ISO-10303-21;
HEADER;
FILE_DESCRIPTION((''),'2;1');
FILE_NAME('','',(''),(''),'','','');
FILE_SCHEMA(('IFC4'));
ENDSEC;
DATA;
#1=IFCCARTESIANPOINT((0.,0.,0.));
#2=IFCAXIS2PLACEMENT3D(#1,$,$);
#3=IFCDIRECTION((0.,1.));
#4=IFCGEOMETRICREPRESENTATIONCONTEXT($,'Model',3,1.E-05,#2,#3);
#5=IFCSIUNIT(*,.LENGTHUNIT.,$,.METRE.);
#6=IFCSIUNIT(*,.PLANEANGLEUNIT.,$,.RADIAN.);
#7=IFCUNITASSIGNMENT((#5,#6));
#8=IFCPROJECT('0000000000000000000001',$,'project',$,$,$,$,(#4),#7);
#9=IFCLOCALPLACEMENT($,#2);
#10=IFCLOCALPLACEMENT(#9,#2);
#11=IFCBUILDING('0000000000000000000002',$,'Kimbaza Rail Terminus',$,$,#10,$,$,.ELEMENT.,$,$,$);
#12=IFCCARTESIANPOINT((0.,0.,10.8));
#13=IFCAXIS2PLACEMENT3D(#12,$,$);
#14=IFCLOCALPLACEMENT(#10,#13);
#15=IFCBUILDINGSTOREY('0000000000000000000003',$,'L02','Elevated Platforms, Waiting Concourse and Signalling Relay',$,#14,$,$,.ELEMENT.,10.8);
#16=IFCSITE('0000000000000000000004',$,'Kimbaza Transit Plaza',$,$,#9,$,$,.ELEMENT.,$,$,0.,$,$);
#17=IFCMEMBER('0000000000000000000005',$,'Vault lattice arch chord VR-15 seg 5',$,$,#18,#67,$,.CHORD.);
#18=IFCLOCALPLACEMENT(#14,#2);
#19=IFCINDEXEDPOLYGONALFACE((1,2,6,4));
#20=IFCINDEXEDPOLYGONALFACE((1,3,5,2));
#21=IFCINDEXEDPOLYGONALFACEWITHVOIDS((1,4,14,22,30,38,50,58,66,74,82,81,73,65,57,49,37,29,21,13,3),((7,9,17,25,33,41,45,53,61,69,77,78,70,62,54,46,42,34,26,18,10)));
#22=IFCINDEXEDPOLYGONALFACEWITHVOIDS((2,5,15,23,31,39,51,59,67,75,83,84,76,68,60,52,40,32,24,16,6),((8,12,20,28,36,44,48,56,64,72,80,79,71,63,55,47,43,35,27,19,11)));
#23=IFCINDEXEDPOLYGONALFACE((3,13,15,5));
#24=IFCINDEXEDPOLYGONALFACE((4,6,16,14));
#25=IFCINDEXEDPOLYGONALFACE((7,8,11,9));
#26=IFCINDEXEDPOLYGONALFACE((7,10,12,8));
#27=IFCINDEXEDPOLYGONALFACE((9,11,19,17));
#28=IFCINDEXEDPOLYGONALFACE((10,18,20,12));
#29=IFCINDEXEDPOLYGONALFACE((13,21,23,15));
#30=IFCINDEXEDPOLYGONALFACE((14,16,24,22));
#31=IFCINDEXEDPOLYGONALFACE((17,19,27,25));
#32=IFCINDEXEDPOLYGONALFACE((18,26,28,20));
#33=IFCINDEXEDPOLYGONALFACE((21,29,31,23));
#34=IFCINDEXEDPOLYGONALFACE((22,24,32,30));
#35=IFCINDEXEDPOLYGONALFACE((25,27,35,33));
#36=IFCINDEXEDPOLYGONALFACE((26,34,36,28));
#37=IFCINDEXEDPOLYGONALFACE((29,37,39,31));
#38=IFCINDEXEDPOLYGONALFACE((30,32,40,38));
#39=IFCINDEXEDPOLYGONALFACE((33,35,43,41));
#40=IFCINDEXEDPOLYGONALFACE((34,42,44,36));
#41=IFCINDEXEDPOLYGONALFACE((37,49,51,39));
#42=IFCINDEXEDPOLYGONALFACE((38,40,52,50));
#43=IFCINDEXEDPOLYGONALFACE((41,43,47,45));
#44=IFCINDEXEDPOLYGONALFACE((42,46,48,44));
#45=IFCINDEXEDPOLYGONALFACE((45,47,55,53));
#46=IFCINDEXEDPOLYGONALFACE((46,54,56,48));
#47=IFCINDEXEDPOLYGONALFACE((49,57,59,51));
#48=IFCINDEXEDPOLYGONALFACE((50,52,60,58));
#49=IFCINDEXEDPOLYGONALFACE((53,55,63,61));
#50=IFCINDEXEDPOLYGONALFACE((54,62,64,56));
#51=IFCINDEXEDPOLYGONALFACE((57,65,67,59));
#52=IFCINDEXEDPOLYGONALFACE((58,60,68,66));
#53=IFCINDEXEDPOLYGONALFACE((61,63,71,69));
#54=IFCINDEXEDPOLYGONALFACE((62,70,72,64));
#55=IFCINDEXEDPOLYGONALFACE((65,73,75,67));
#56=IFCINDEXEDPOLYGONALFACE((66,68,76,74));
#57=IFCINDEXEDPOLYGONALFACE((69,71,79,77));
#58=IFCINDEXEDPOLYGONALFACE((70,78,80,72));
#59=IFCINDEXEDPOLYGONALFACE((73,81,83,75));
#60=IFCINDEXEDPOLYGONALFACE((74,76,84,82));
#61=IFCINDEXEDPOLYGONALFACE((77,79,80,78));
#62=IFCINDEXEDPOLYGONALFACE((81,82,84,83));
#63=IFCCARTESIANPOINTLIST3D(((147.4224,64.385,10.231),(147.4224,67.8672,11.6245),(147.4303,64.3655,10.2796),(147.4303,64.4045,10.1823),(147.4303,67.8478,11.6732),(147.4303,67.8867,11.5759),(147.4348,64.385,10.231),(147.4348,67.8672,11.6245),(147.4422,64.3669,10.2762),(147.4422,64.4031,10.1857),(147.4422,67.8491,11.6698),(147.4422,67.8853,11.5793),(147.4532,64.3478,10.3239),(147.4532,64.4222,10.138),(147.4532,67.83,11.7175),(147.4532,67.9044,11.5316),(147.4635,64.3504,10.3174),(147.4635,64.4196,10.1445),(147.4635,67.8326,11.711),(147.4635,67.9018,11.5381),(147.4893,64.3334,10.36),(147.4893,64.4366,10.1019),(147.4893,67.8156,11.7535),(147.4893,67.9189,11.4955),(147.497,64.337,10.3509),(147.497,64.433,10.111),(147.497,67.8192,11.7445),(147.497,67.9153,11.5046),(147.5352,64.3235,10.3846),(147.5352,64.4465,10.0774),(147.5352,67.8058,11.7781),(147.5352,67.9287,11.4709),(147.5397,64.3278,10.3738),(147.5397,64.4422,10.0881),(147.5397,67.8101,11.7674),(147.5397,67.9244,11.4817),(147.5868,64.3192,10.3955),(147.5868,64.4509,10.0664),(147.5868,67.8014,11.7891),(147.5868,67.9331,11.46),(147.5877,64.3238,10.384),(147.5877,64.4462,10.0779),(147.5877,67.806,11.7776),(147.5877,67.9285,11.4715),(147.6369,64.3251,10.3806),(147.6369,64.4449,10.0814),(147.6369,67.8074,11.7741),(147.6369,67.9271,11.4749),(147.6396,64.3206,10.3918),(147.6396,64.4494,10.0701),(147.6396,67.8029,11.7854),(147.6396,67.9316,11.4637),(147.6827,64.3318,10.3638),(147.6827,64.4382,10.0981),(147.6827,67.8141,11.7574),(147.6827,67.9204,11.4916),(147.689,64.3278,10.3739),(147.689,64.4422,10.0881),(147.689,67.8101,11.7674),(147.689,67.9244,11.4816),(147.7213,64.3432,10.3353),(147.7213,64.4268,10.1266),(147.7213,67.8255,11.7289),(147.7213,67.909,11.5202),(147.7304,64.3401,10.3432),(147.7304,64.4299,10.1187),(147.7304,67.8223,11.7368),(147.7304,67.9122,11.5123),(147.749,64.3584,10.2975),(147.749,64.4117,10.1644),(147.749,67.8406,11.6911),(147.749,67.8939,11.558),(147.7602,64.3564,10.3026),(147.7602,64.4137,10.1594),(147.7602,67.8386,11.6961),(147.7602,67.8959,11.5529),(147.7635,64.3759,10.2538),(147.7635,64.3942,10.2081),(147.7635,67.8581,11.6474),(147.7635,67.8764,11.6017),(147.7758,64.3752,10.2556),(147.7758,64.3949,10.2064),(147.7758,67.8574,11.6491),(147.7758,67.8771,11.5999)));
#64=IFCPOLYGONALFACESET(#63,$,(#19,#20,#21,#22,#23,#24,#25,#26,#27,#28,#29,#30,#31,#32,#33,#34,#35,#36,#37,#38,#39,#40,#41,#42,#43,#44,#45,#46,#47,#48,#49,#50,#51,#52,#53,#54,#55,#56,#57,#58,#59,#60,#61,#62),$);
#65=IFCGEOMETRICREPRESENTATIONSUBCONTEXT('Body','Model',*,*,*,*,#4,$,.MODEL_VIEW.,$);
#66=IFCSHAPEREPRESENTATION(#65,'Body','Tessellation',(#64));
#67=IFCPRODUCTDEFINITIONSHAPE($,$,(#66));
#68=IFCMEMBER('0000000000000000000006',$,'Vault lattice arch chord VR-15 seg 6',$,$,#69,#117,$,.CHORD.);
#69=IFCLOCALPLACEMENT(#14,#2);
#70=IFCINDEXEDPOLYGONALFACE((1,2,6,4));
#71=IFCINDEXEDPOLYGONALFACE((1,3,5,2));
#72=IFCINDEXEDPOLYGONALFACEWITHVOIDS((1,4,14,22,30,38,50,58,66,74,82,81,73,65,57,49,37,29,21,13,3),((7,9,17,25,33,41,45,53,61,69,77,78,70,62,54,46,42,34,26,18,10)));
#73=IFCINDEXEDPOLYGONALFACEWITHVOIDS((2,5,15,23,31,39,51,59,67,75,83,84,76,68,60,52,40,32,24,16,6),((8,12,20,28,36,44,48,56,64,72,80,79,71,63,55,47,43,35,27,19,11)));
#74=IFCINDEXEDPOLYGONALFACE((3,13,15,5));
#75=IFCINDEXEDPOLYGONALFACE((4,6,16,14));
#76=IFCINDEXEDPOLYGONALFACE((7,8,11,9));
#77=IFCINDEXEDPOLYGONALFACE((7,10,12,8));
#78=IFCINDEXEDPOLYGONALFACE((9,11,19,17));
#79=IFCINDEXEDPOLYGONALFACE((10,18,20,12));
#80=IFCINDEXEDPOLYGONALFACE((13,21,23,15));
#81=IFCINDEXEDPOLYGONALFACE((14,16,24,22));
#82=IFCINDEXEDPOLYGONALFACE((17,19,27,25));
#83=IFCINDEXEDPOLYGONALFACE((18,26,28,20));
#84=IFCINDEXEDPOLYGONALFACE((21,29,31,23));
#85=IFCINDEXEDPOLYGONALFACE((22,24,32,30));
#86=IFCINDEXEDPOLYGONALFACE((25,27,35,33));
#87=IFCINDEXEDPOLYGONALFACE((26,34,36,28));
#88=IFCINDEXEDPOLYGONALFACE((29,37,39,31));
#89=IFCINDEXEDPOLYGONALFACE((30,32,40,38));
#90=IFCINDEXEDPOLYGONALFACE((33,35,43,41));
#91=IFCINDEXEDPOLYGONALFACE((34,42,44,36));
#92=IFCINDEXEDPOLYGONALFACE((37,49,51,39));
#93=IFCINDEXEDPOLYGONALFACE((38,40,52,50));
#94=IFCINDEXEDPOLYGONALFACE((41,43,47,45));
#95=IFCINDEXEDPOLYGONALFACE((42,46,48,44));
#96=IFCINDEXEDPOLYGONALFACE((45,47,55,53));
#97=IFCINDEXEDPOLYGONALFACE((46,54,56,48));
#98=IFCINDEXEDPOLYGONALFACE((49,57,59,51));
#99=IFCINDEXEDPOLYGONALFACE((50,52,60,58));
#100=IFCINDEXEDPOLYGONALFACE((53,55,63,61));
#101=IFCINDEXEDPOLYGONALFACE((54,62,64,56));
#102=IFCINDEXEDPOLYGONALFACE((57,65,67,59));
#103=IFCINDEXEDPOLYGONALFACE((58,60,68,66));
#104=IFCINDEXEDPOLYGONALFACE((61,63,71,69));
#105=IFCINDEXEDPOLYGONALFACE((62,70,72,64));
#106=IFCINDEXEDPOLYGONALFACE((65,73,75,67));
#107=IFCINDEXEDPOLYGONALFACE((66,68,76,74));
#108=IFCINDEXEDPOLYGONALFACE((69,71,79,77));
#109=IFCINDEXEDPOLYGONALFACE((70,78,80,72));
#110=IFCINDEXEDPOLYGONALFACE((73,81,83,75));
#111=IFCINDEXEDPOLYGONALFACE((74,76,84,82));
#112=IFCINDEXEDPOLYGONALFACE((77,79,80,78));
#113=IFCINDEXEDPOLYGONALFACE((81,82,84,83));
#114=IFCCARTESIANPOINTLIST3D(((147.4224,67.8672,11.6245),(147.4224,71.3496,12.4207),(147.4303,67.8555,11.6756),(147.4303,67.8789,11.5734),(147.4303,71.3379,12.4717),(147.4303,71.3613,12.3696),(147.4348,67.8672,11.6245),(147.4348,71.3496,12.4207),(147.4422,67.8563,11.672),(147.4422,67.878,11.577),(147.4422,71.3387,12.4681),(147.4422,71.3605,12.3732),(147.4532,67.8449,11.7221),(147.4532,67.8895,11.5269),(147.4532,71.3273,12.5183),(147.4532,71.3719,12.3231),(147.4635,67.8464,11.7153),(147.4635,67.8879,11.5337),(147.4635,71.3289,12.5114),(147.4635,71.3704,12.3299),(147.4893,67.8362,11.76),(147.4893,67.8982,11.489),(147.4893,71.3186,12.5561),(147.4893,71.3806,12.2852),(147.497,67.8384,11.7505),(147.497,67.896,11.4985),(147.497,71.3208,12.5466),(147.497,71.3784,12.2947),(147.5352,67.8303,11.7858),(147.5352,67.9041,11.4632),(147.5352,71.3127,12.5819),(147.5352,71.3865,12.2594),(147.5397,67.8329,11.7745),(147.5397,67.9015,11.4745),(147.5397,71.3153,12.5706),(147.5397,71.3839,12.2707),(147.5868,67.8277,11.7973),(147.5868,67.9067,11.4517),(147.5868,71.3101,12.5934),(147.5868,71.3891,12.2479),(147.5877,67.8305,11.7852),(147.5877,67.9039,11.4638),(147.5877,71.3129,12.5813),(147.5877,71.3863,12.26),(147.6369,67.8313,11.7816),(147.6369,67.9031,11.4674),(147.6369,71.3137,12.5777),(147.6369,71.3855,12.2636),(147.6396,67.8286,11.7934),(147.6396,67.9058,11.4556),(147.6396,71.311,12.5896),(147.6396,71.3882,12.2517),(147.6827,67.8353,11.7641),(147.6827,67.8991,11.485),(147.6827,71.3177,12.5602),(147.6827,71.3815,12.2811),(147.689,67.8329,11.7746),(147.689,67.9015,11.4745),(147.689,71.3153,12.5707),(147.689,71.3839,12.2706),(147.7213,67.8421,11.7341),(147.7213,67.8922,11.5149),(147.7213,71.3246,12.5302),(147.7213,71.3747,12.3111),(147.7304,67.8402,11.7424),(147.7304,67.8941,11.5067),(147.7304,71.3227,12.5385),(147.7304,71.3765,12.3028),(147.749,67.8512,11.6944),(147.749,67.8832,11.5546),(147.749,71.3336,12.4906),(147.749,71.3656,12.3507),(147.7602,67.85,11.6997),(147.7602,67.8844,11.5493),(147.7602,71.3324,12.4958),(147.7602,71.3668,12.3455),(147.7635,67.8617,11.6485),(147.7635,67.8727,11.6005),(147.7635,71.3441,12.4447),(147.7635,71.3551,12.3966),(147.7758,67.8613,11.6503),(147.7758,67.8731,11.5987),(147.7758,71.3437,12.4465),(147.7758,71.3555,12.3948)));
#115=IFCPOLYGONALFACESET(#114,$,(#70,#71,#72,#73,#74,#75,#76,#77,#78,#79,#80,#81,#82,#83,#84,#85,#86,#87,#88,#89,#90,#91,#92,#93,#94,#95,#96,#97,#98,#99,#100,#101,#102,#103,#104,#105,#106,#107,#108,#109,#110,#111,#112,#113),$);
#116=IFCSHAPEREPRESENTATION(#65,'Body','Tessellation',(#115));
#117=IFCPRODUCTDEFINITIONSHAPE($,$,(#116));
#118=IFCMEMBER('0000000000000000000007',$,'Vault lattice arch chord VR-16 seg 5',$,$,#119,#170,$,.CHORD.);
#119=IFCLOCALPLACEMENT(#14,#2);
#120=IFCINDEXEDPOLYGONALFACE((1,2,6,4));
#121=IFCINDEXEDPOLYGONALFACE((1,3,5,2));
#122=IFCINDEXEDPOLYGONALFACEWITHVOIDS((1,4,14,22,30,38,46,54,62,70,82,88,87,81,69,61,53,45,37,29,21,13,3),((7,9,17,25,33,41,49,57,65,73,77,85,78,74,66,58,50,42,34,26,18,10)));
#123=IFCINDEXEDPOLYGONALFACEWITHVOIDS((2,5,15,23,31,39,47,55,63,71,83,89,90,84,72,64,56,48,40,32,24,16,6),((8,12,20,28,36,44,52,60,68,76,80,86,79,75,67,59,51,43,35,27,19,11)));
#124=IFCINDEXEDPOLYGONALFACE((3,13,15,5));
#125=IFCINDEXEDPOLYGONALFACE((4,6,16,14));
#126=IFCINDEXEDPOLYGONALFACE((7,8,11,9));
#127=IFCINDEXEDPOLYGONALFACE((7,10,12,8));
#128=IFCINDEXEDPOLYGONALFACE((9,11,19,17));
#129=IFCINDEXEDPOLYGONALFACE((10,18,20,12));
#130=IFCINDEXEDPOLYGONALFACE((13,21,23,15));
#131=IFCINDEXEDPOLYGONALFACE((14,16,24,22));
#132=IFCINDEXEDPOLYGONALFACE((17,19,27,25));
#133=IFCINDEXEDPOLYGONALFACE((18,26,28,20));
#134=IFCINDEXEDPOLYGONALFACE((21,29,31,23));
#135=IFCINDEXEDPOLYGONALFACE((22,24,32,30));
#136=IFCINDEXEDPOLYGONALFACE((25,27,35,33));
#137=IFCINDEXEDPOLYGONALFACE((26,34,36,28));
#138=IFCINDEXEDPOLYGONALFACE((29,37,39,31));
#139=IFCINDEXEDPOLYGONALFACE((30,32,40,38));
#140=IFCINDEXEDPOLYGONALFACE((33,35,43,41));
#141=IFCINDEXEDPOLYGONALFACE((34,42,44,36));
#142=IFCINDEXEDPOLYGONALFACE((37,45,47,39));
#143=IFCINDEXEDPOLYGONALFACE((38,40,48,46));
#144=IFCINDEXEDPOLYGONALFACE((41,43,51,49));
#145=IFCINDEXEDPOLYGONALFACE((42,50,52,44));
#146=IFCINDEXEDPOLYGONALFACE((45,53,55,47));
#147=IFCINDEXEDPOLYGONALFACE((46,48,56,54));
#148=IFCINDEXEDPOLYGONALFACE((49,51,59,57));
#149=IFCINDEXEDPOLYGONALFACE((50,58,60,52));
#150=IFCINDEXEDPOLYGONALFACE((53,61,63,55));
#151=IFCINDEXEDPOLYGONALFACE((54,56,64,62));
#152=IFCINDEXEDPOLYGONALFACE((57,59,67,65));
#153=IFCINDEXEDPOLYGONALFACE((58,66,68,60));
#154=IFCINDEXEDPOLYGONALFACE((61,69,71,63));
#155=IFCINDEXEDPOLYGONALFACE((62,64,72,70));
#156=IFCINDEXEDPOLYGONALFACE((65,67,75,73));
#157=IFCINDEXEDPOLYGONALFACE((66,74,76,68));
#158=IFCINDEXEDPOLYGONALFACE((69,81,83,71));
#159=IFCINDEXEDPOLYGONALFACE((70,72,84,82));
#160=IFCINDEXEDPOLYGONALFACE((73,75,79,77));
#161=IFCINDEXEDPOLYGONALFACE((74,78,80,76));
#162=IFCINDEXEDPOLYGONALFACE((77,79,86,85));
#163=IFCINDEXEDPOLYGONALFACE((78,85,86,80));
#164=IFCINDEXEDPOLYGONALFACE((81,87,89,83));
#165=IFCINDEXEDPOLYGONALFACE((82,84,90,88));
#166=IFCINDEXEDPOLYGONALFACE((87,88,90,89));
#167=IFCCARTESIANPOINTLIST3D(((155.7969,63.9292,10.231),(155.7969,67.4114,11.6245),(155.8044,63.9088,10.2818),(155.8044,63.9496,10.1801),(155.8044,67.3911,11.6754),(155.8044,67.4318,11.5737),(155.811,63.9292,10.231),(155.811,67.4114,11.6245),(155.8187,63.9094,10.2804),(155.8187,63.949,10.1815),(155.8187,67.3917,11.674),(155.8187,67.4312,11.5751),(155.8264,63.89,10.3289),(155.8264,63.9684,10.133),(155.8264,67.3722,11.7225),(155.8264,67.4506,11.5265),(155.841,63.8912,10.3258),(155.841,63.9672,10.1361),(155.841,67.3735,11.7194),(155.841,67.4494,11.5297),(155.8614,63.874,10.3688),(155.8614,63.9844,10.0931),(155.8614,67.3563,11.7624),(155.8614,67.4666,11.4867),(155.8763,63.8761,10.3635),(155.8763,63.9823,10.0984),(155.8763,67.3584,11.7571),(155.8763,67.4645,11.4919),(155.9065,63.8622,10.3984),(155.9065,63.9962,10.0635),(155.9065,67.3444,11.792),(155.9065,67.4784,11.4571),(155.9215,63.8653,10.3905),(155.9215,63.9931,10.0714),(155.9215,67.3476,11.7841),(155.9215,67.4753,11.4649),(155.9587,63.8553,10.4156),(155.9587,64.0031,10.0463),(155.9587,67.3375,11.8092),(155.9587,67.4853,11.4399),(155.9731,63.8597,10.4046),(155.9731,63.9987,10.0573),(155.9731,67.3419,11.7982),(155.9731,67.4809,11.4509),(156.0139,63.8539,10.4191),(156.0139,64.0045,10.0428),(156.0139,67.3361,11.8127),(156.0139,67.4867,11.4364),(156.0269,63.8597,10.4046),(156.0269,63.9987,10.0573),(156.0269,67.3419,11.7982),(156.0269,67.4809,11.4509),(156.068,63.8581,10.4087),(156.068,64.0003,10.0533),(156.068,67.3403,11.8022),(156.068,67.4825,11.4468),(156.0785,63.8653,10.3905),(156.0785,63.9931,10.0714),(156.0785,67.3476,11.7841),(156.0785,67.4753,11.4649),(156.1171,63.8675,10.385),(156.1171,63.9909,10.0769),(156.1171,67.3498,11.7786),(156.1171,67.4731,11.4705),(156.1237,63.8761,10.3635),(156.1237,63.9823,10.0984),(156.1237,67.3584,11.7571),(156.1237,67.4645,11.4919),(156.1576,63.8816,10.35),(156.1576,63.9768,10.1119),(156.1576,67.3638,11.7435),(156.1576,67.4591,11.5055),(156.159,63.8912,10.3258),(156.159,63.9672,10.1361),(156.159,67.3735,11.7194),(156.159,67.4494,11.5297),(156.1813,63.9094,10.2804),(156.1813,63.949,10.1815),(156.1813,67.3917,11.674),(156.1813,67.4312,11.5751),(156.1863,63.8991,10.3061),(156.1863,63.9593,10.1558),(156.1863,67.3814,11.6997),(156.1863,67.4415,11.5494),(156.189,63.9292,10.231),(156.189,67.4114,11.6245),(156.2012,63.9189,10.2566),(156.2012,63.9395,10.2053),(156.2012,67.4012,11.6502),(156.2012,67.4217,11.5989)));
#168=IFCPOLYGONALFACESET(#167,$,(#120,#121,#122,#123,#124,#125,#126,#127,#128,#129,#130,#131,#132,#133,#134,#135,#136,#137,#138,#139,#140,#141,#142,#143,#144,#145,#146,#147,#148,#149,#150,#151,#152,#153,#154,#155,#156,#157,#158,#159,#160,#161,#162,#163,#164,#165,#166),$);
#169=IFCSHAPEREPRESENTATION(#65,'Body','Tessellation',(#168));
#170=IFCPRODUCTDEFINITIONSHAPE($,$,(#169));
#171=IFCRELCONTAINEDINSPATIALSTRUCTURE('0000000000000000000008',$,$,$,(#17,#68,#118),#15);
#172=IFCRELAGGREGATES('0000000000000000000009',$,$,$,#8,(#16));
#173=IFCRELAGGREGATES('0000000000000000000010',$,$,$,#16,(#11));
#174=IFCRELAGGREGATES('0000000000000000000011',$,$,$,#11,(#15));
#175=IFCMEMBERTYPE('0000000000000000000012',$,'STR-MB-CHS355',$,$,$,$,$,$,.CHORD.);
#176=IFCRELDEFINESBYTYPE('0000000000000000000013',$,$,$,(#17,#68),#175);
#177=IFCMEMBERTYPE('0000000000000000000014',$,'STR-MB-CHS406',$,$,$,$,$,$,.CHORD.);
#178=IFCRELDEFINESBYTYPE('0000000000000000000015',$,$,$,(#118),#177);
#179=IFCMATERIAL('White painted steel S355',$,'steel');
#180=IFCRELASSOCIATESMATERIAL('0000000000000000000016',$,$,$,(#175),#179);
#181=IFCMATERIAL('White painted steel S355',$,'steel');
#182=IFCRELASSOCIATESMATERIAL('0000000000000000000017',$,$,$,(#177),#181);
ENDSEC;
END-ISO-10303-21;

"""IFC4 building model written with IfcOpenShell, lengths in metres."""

from ifc_helpers import new_model, si_unit, direction, frame, origin, origin_2d, place, context, subcontext, project, spatial, hollow_circle, extrude, material, material_profile, profile_set, type_object, element, save


model = new_model("IFC4")

# Units and contexts
model_context = context("Model", 3, precision=1e-05, world=origin(), true_north=direction((0.0, 1.0)))
body_context = subcontext(model_context, "Body", "Model", "MODEL_VIEW")
ifc_project = project(units=[si_unit("LENGTHUNIT", "METRE"), si_unit("PLANEANGLEUNIT", "RADIAN")], contexts=[model_context])

# Site, building, storey
site_placement = place(None, origin())
site = spatial("IfcSite", under=ifc_project, at=site_placement, Name="Kimbaza Transit Plaza", CompositionType="ELEMENT", RefElevation=0.0)
building_placement = place(site_placement, origin())
building = spatial("IfcBuilding", under=site, at=building_placement, Name="Kimbaza Rail Terminus", CompositionType="ELEMENT")
storey_placement = place(building_placement, frame((0.0, 0.0, 10.8)))
storey = spatial("IfcBuildingStorey", under=building, at=storey_placement, Name="L02", Description="Elevated Platforms, Waiting Concourse and Signalling Relay", CompositionType="ELEMENT", Elevation=10.8)

# Members
ifc_material_1 = material(Name="White painted steel S355", Category="steel")
ifc_material_profile_1 = material_profile(ifc_material_1, hollow_circle(Radius=0.1777, WallThickness=0.0125, at=origin_2d()), Name="CHS 355.6x12.5")
ifc_profile_set_1 = profile_set([ifc_material_profile_1], Name="White painted steel S355")
member_type_1 = type_object("IfcMemberType", Name="STR-MB-CHS355", PredefinedType="CHORD", material=ifc_profile_set_1)
member_1_placement = place(storey_placement, frame((147.6001, 64.385, 10.231), z_axis=(0.0, 0.928414, 0.371548), x_axis=(-1.0, 0.0, 0.0)))
element("IfcMember", 1, at=member_1_placement, inside=storey, type_object=member_type_1, Name="Vault lattice arch chord VR-15 seg 5", PredefinedType="CHORD", context=body_context, shape_type="SweptSolid", body=[
    extrude(hollow_circle(Radius=0.1777, WallThickness=0.0125, at=origin_2d()), origin(), (0.0, 0.0, 1.0), 3.7507),
])
member_2_placement = place(storey_placement, frame((147.6001, 67.8672, 11.6245), z_axis=(0.0, 0.974849, 0.222867), x_axis=(-1.0, 0.0, 0.0)))
element("IfcMember", 2, at=member_2_placement, inside=storey, type_object=member_type_1, Name="Vault lattice arch chord VR-15 seg 6", PredefinedType="CHORD", context=body_context, shape_type="SweptSolid", body=[
    extrude(hollow_circle(Radius=0.1777, WallThickness=0.0125, at=origin_2d()), origin(), (0.0, 0.0, 1.0), 3.5723),
])
ifc_material_2 = material(Name="White painted steel S355", Category="steel")
ifc_material_profile_2 = material_profile(ifc_material_2, hollow_circle(Radius=0.2031, WallThickness=0.0142, at=origin_2d()), Name="CHS 406.4x14.2")
ifc_profile_set_2 = profile_set([ifc_material_profile_2], Name="White painted steel S355")
member_type_2 = type_object("IfcMemberType", Name="STR-MB-CHS406", PredefinedType="CHORD", material=ifc_profile_set_2)
member_3_placement = place(storey_placement, frame((156.0, 63.9292, 10.231), z_axis=(0.0, 0.928414, 0.371548), x_axis=(-1.0, 0.0, 0.0)))
element("IfcMember", 3, at=member_3_placement, inside=storey, type_object=member_type_2, Name="Vault lattice arch chord VR-16 seg 5", PredefinedType="CHORD", context=body_context, shape_type="SweptSolid", body=[
    extrude(hollow_circle(Radius=0.2031, WallThickness=0.0142, at=origin_2d()), origin(), (0.0, 0.0, 1.0), 3.7507),
])

save(model, "model.ifc")
